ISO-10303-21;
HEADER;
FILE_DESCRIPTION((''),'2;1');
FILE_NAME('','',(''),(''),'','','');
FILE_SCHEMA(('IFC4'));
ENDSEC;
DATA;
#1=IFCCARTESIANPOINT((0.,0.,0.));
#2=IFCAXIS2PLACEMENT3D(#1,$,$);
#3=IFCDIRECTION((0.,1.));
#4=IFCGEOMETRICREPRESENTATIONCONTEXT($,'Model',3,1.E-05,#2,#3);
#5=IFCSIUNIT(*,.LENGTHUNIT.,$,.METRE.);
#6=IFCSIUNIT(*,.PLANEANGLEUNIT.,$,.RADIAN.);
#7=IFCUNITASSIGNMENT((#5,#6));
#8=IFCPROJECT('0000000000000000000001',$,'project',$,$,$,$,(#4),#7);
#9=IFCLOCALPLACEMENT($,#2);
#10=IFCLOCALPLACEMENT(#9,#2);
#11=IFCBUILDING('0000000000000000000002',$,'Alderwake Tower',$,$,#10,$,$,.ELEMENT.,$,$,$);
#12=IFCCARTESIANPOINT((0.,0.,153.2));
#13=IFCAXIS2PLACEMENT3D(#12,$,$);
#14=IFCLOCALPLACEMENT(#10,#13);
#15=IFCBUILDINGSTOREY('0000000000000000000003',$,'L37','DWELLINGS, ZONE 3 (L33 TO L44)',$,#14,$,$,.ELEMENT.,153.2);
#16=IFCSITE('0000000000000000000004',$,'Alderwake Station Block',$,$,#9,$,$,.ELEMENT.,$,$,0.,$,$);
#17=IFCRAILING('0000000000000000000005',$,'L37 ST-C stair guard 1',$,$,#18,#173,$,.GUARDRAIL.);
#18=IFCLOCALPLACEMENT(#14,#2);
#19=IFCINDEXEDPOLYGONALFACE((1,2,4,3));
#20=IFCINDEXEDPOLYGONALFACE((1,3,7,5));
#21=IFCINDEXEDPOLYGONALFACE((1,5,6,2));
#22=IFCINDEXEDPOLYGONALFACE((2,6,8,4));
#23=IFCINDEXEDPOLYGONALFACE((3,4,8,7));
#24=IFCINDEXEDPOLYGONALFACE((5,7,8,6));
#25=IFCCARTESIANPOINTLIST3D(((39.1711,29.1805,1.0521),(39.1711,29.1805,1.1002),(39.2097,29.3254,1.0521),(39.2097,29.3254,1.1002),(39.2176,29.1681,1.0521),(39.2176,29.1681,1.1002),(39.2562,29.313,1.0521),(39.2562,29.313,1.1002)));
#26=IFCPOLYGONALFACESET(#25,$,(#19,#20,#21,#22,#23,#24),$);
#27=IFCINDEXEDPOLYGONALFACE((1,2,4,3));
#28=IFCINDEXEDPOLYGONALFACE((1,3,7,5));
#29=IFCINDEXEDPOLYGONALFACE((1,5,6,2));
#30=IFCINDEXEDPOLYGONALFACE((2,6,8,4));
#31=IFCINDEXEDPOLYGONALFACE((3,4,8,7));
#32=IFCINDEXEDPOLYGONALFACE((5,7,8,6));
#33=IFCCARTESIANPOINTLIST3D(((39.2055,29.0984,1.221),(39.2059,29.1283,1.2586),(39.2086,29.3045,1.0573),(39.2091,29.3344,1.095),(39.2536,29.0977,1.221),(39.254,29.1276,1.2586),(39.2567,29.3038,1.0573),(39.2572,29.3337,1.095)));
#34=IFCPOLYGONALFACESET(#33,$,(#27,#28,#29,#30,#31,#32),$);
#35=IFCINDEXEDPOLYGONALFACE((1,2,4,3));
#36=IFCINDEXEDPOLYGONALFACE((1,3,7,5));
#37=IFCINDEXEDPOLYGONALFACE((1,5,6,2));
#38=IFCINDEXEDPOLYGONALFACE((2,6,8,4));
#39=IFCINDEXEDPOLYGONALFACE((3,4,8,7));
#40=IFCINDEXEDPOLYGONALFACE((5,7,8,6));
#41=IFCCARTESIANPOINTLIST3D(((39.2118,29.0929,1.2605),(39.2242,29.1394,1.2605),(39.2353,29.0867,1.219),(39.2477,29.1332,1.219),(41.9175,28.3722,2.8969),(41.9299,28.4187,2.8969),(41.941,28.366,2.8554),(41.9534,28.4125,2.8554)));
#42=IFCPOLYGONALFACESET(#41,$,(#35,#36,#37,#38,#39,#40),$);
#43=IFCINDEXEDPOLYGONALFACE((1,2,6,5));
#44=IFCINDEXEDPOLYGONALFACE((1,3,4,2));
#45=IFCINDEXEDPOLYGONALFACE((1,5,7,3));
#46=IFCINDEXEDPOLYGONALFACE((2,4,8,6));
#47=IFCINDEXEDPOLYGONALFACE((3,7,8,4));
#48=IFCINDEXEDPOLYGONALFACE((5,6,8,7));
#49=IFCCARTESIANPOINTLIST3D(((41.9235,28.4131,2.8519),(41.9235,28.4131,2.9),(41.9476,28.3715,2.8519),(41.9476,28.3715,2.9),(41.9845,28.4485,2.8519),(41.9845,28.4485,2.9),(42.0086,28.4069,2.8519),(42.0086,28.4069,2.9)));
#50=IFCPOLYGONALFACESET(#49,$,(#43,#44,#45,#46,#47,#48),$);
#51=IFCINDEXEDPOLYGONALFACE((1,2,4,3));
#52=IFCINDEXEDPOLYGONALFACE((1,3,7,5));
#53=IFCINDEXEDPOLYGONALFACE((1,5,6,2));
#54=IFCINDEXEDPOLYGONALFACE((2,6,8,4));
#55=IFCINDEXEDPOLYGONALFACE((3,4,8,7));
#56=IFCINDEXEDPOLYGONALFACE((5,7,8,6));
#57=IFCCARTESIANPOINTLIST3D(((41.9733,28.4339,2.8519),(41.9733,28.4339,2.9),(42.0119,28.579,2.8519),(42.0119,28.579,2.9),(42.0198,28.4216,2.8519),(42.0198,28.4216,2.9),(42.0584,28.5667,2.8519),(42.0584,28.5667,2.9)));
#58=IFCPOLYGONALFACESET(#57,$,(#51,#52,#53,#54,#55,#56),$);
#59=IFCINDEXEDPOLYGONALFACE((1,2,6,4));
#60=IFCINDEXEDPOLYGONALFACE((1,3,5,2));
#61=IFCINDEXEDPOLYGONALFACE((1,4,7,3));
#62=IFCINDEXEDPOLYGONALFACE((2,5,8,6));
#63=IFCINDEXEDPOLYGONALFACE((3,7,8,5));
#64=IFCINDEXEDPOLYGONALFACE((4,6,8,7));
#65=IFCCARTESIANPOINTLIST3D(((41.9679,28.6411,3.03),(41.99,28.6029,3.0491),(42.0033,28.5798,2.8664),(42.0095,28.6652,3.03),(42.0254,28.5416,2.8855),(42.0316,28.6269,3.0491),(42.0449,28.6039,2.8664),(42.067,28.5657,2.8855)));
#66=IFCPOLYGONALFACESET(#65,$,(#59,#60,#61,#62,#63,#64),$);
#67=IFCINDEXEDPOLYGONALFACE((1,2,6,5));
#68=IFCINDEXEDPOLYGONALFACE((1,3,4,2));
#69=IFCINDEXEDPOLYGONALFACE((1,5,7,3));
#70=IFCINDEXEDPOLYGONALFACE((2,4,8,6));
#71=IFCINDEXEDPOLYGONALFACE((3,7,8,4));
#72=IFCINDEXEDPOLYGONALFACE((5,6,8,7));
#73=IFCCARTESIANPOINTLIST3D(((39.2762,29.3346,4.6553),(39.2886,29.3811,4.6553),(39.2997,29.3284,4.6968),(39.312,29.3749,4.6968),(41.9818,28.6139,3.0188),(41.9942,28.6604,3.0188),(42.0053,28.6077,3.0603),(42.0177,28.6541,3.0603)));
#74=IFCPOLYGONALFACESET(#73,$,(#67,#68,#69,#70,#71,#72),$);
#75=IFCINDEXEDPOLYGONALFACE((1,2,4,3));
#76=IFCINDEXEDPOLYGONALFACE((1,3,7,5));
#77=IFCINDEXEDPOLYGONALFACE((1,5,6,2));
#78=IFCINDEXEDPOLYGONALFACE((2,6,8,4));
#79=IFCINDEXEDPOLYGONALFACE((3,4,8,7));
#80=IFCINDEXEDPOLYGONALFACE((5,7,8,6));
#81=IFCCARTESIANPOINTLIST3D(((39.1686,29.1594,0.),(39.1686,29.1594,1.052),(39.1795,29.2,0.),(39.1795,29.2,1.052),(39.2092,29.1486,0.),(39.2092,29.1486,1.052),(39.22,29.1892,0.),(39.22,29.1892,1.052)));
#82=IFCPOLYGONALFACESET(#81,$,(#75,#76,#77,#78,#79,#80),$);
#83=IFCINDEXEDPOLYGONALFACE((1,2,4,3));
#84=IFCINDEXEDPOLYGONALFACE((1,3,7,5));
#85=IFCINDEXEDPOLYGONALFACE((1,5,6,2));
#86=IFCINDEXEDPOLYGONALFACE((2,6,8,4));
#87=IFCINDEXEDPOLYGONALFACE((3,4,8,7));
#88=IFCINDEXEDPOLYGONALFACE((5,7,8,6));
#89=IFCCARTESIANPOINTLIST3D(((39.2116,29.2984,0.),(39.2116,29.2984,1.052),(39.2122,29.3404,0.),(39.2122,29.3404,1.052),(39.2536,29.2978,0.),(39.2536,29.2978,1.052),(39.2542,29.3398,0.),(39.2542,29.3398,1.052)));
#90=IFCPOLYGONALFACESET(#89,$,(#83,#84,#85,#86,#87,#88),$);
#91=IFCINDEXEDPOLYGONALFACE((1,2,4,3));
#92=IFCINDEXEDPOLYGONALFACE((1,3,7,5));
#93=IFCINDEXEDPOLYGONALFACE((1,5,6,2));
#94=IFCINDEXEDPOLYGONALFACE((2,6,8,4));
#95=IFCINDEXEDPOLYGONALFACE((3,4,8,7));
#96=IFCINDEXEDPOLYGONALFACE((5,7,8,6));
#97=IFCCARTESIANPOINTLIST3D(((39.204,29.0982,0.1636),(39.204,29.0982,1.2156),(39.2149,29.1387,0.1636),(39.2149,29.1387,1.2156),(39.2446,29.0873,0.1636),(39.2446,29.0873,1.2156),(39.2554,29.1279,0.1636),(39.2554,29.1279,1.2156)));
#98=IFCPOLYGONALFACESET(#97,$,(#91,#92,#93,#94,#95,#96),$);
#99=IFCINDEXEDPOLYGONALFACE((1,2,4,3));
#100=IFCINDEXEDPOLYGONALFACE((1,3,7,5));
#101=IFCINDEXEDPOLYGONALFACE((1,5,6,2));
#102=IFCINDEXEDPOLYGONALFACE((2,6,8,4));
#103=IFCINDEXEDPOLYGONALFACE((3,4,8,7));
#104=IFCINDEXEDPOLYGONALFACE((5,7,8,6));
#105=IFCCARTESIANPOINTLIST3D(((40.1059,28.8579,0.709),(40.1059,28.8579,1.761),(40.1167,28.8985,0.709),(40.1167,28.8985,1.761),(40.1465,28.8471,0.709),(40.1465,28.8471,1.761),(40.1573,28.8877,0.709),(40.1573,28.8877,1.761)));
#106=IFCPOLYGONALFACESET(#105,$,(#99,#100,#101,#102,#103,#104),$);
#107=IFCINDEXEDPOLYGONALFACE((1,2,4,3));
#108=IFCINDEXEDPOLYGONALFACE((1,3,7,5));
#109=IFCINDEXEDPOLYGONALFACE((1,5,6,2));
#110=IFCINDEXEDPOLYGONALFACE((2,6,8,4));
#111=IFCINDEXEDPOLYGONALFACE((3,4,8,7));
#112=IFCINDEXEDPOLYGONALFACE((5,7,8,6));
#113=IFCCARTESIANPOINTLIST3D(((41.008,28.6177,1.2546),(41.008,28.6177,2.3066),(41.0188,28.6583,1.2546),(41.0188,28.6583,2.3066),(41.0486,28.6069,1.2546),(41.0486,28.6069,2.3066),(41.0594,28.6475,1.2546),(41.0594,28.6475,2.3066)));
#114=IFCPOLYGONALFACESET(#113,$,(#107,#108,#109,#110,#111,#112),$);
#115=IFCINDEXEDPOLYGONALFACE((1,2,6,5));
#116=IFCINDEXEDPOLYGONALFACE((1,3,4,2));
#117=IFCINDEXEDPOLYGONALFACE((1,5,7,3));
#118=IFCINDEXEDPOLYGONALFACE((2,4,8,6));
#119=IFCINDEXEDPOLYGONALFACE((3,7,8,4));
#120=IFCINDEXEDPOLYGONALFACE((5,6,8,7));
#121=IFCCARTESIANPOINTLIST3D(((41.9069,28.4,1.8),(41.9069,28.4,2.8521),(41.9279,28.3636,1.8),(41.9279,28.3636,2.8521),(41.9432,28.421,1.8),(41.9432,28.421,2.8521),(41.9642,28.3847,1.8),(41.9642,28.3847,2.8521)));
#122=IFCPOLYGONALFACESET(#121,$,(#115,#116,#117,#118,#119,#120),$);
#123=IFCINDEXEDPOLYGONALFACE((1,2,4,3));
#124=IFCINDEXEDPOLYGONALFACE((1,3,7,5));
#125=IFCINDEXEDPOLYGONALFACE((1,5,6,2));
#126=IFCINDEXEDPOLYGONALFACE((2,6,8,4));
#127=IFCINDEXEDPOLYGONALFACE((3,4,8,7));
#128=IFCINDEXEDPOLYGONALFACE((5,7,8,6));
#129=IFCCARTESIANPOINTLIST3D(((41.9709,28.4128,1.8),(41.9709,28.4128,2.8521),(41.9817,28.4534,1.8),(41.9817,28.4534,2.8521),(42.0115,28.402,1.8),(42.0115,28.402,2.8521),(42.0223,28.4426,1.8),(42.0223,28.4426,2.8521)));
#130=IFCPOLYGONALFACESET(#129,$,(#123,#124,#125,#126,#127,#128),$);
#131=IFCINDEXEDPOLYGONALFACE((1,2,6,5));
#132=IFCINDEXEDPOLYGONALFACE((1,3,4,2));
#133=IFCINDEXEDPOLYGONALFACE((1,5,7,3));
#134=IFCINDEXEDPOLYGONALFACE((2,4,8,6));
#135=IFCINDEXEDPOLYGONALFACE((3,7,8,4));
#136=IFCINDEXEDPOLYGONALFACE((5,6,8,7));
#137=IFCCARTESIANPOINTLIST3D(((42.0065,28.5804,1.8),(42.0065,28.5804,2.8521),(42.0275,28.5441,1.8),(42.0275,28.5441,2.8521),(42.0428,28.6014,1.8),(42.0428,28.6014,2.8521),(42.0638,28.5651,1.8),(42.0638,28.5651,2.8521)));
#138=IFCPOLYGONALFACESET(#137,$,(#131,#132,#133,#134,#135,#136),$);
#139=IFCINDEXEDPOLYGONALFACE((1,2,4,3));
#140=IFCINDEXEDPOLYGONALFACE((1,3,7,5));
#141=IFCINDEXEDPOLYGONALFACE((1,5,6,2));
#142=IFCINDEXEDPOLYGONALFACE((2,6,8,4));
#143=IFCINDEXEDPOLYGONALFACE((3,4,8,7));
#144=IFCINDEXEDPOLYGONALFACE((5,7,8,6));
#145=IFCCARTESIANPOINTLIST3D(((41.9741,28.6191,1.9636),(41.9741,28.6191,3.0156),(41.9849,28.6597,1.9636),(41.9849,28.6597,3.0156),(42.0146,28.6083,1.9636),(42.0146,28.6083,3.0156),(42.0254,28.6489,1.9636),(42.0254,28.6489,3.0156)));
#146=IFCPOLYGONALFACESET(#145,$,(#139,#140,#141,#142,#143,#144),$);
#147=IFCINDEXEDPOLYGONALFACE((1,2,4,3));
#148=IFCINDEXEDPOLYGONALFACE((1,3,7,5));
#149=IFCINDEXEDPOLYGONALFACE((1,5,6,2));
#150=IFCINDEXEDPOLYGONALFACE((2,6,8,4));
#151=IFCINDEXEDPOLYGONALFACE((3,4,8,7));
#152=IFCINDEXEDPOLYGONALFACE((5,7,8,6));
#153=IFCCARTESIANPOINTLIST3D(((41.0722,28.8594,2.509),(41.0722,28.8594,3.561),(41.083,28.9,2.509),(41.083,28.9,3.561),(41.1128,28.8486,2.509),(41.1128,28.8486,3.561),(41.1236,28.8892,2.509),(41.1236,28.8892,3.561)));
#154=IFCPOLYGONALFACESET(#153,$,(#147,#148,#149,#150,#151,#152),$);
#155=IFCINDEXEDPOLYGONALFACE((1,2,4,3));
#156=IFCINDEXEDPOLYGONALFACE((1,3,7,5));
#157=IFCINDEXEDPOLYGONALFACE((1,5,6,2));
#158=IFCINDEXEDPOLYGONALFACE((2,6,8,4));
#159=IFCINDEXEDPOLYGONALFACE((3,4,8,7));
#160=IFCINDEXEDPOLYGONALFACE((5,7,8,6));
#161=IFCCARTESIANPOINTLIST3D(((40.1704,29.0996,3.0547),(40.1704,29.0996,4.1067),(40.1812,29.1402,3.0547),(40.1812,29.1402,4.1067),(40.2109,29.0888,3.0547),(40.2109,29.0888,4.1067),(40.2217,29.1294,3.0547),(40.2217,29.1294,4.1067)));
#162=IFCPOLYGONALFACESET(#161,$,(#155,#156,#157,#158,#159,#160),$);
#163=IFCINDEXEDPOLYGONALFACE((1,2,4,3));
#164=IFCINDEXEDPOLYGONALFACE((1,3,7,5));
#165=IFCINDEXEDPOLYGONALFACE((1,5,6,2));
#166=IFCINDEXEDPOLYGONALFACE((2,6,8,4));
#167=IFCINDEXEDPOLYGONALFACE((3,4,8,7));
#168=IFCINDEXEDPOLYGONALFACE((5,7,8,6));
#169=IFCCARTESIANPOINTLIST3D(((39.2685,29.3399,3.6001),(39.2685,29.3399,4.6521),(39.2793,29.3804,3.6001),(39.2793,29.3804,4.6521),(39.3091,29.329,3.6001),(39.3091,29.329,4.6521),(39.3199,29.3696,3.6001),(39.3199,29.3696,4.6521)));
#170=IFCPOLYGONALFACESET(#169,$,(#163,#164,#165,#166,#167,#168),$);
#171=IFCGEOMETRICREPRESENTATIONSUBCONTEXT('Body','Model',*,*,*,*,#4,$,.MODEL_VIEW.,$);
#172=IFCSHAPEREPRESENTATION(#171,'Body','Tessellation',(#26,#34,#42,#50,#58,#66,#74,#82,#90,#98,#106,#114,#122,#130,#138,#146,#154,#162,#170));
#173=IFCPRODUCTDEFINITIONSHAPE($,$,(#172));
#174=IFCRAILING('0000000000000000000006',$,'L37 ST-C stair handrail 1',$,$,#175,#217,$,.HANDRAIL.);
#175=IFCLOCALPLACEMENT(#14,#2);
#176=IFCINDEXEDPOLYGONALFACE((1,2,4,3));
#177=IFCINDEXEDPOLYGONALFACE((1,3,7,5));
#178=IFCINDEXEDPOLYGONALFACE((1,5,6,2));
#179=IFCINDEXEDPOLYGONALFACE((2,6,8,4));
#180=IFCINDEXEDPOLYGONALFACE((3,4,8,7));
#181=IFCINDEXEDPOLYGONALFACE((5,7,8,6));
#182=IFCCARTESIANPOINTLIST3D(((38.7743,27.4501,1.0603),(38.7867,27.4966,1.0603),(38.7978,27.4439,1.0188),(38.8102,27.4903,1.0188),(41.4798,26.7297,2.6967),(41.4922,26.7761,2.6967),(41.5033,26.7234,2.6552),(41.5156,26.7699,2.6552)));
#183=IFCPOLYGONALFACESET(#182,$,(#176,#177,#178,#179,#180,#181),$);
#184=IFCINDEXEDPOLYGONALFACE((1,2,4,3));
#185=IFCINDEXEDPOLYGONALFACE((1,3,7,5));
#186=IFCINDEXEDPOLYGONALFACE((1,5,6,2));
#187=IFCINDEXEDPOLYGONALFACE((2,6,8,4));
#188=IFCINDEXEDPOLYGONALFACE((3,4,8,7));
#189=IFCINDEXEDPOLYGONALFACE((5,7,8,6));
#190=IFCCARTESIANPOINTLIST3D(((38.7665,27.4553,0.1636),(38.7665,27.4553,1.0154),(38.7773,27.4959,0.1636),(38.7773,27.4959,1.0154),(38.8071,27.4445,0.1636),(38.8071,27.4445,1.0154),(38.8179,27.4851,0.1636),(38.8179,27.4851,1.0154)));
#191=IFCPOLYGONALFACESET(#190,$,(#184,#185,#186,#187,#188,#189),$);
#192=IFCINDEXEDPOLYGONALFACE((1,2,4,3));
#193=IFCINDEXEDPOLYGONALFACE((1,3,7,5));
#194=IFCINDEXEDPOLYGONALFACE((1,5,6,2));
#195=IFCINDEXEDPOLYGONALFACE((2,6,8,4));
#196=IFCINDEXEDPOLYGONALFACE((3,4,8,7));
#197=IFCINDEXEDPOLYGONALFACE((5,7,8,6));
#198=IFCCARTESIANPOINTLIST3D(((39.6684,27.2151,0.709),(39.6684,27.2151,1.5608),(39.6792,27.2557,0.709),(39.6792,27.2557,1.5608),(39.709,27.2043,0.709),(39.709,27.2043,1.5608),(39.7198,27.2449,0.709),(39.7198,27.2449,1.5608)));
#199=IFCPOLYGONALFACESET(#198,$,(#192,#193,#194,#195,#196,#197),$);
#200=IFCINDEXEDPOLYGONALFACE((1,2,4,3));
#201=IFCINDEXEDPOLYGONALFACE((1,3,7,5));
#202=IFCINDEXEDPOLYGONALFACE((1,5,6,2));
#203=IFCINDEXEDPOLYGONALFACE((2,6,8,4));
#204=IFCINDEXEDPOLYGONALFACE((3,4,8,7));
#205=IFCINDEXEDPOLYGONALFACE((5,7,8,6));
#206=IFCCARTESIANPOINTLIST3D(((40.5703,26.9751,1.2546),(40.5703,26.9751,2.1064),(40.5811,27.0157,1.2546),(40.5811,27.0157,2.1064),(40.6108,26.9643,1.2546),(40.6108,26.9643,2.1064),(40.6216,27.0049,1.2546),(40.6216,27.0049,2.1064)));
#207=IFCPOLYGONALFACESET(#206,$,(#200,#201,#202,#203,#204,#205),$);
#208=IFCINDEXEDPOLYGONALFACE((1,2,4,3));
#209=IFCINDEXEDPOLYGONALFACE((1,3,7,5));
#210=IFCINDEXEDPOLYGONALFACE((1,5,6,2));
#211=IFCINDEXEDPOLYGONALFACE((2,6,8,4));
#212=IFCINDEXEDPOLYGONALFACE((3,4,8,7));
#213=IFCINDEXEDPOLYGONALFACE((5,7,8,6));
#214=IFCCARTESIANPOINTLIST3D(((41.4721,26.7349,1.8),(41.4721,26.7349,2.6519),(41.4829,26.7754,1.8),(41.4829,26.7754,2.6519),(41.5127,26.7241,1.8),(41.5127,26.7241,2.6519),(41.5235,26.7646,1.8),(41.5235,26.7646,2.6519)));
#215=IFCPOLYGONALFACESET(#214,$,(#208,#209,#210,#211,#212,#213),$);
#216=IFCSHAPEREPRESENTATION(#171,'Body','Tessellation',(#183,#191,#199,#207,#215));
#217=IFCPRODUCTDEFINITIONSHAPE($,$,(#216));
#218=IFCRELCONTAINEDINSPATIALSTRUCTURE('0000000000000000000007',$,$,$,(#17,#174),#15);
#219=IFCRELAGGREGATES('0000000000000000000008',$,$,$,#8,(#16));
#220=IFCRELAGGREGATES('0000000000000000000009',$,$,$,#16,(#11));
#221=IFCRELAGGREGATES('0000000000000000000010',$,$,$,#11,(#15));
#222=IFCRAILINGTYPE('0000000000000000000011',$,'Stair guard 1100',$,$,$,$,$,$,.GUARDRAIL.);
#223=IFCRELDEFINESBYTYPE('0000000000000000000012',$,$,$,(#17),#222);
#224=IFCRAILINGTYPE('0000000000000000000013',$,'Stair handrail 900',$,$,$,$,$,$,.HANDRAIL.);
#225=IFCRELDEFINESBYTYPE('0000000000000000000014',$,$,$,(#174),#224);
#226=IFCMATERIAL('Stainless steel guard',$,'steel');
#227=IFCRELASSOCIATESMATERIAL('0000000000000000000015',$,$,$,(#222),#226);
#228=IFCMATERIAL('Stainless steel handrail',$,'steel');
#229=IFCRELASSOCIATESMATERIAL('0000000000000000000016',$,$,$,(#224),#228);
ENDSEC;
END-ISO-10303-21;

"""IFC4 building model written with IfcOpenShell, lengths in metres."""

from ifc_helpers import new_model, si_unit, direction, frame, origin, origin_2d, place, context, subcontext, project, spatial, rectangle, extrude, material, type_object, element, save


model = new_model("IFC4")

# Units and contexts
model_context = context("Model", 3, precision=1e-05, world=origin(), true_north=direction((0.0, 1.0)))
body_context = subcontext(model_context, "Body", "Model", "MODEL_VIEW")
ifc_project = project(units=[si_unit("LENGTHUNIT", "METRE"), si_unit("PLANEANGLEUNIT", "RADIAN")], contexts=[model_context])

# Site, building, storey
site_placement = place(None, origin())
site = spatial("IfcSite", under=ifc_project, at=site_placement, Name="Alderwake Station Block", CompositionType="ELEMENT", RefElevation=0.0)
building_placement = place(site_placement, origin())
building = spatial("IfcBuilding", under=site, at=building_placement, Name="Alderwake Tower", CompositionType="ELEMENT")
storey_placement = place(building_placement, frame((0.0, 0.0, 153.2)))
storey = spatial("IfcBuildingStorey", under=building, at=storey_placement, Name="L37", Description="DWELLINGS, ZONE 3 (L33 TO L44)", CompositionType="ELEMENT", Elevation=153.2)

# Railings
ifc_material_1 = material(Name="Stainless steel guard", Category="steel")
railing_type_1 = type_object("IfcRailingType", Name="Stair guard 1100", PredefinedType="GUARDRAIL", material=ifc_material_1)
railing_1_placement = place(storey_placement, frame((39.1943, 29.1743, 0.0)))
element("IfcRailing", 1, at=railing_1_placement, inside=storey, type_object=railing_type_1, Name="L37 ST-C stair guard 1", PredefinedType="GUARDRAIL", context=body_context, shape_type="SweptSolid", body=[
    extrude(rectangle(XDim=0.0481, YDim=0.0481, at=origin_2d()), frame((0.0, 0.0, 1.0762), z_axis=(0.25746, 0.966289, 0.0), x_axis=(-0.966289, 0.25746, 0.0)), (0.0, 0.0, 1.0), 0.1499),
    extrude(rectangle(XDim=0.0481, YDim=0.0481, at=origin_2d()), frame((0.0386, 0.1448, 1.0762), z_axis=(-0.012063, -0.78316, 0.621703), x_axis=(0.999881, -0.015401, 0.0)), (0.0, 0.0, 1.0), 0.2632),
    extrude(rectangle(XDim=0.0481, YDim=0.0481, at=origin_2d()), frame((0.0354, -0.0613, 1.2397), z_axis=(0.834282, -0.222214, 0.504574), x_axis=(0.25738, 0.96631, 0.0)), (0.0, 0.0, 1.0), 3.2432),
    extrude(rectangle(XDim=0.0481, YDim=0.0481, at=origin_2d()), frame((2.7412, -0.782, 2.876), z_axis=(0.865031, 0.501718, 0.0), x_axis=(-0.501718, 0.865031, 0.0)), (0.0, 0.0, 1.0), 0.0706),
    extrude(rectangle(XDim=0.0481, YDim=0.0481, at=origin_2d()), frame((2.8022, -0.7466, 2.876), z_axis=(0.257055, 0.966397, 0.0), x_axis=(-0.966397, 0.257055, 0.0)), (0.0, 0.0, 1.0), 0.1501),
    extrude(rectangle(XDim=0.0481, YDim=0.0481, at=origin_2d()), frame((2.8408, -0.6016, 2.876), z_axis=(-0.198625, 0.343827, 0.917786), x_axis=(-0.865898, -0.50022, 0.0)), (0.0, 0.0, 1.0), 0.1782),
    extrude(rectangle(XDim=0.0481, YDim=0.0481, at=origin_2d()), frame((2.8054, -0.5403, 3.0396), z_axis=(-0.834259, 0.222228, 0.504605), x_axis=(-0.257402, -0.966304, 0.0)), (0.0, 0.0, 1.0), 3.2432),
    extrude(rectangle(XDim=0.042, YDim=0.042, at=origin_2d()), frame((0.0, 0.0, 0.0), z_axis=(0.0, 0.0, 1.0), x_axis=(0.25746, 0.966289, 0.0)), (0.0, 0.0, 1.0), 1.052),
    extrude(rectangle(XDim=0.042, YDim=0.042, at=origin_2d()), frame((0.0386, 0.1448, 0.0), z_axis=(0.0, 0.0, 1.0), x_axis=(-0.015401, -0.999881, 0.0)), (0.0, 0.0, 1.0), 1.052),
    extrude(rectangle(XDim=0.042, YDim=0.042, at=origin_2d()), frame((0.0354, -0.0613, 0.1636), z_axis=(0.0, 0.0, 1.0), x_axis=(0.96631, -0.25738, 0.0)), (0.0, 0.0, 1.0), 1.052),
    extrude(rectangle(XDim=0.042, YDim=0.042, at=origin_2d()), frame((0.9373, -0.3015, 0.709), z_axis=(0.0, 0.0, 1.0), x_axis=(0.96631, -0.25738, 0.0)), (0.0, 0.0, 1.0), 1.052),
    extrude(rectangle(XDim=0.042, YDim=0.042, at=origin_2d()), frame((1.8394, -0.5417, 1.2546), z_axis=(0.0, 0.0, 1.0), x_axis=(0.96631, -0.25738, 0.0)), (0.0, 0.0, 1.0), 1.052),
    extrude(rectangle(XDim=0.042, YDim=0.042, at=origin_2d()), frame((2.7412, -0.782, 1.8), z_axis=(0.0, 0.0, 1.0), x_axis=(0.865031, 0.501718, 0.0)), (0.0, 0.0, 1.0), 1.052),
    extrude(rectangle(XDim=0.042, YDim=0.042, at=origin_2d()), frame((2.8022, -0.7466, 1.8), z_axis=(0.0, 0.0, 1.0), x_axis=(0.257055, 0.966397, 0.0)), (0.0, 0.0, 1.0), 1.052),
    extrude(rectangle(XDim=0.042, YDim=0.042, at=origin_2d()), frame((2.8408, -0.6016, 1.8), z_axis=(0.0, 0.0, 1.0), x_axis=(-0.50022, 0.865898, 0.0)), (0.0, 0.0, 1.0), 1.052),
    extrude(rectangle(XDim=0.042, YDim=0.042, at=origin_2d()), frame((2.8054, -0.5403, 1.9636), z_axis=(0.0, 0.0, 1.0), x_axis=(-0.966304, 0.257402, 0.0)), (0.0, 0.0, 1.0), 1.052),
    extrude(rectangle(XDim=0.042, YDim=0.042, at=origin_2d()), frame((1.9036, -0.3, 2.509), z_axis=(0.0, 0.0, 1.0), x_axis=(-0.966304, 0.257402, 0.0)), (0.0, 0.0, 1.0), 1.052),
    extrude(rectangle(XDim=0.042, YDim=0.042, at=origin_2d()), frame((1.0017, -0.0598, 3.0547), z_axis=(0.0, 0.0, 1.0), x_axis=(-0.966304, 0.257402, 0.0)), (0.0, 0.0, 1.0), 1.052),
    extrude(rectangle(XDim=0.042, YDim=0.042, at=origin_2d()), frame((0.0999, 0.1804, 3.6001), z_axis=(0.0, 0.0, 1.0), x_axis=(-0.966304, 0.257402, 0.0)), (0.0, 0.0, 1.0), 1.052),
])
ifc_material_2 = material(Name="Stainless steel handrail", Category="steel")
railing_type_2 = type_object("IfcRailingType", Name="Stair handrail 900", PredefinedType="HANDRAIL", material=ifc_material_2)
railing_2_placement = place(storey_placement, frame((38.7922, 27.4702, 0.1636)))
element("IfcRailing", 2, at=railing_2_placement, inside=storey, type_object=railing_type_2, Name="L37 ST-C stair handrail 1", PredefinedType="HANDRAIL", context=body_context, shape_type="SweptSolid", body=[
    extrude(rectangle(XDim=0.0481, YDim=0.0481, at=origin_2d()), frame((0.0, 0.0, 0.876), z_axis=(0.834273, -0.222157, 0.504614), x_axis=(0.257321, 0.966326, 0.0)), (0.0, 0.0, 1.0), 3.2429),
    extrude(rectangle(XDim=0.042, YDim=0.042, at=origin_2d()), frame((0.0, 0.0, 0.0), z_axis=(0.0, 0.0, 1.0), x_axis=(0.966326, -0.257321, 0.0)), (0.0, 0.0, 1.0), 0.8518),
    extrude(rectangle(XDim=0.042, YDim=0.042, at=origin_2d()), frame((0.9019, -0.2402, 0.5454), z_axis=(0.0, 0.0, 1.0), x_axis=(0.966326, -0.257321, 0.0)), (0.0, 0.0, 1.0), 0.8518),
    extrude(rectangle(XDim=0.042, YDim=0.042, at=origin_2d()), frame((1.8037, -0.4802, 1.0911), z_axis=(0.0, 0.0, 1.0), x_axis=(0.966326, -0.257321, 0.0)), (0.0, 0.0, 1.0), 0.8518),
    extrude(rectangle(XDim=0.042, YDim=0.042, at=origin_2d()), frame((2.7056, -0.7205, 1.6365), z_axis=(0.0, 0.0, 1.0), x_axis=(0.966326, -0.257321, 0.0)), (0.0, 0.0, 1.0), 0.8518),
])

save(model, "model.ifc")
